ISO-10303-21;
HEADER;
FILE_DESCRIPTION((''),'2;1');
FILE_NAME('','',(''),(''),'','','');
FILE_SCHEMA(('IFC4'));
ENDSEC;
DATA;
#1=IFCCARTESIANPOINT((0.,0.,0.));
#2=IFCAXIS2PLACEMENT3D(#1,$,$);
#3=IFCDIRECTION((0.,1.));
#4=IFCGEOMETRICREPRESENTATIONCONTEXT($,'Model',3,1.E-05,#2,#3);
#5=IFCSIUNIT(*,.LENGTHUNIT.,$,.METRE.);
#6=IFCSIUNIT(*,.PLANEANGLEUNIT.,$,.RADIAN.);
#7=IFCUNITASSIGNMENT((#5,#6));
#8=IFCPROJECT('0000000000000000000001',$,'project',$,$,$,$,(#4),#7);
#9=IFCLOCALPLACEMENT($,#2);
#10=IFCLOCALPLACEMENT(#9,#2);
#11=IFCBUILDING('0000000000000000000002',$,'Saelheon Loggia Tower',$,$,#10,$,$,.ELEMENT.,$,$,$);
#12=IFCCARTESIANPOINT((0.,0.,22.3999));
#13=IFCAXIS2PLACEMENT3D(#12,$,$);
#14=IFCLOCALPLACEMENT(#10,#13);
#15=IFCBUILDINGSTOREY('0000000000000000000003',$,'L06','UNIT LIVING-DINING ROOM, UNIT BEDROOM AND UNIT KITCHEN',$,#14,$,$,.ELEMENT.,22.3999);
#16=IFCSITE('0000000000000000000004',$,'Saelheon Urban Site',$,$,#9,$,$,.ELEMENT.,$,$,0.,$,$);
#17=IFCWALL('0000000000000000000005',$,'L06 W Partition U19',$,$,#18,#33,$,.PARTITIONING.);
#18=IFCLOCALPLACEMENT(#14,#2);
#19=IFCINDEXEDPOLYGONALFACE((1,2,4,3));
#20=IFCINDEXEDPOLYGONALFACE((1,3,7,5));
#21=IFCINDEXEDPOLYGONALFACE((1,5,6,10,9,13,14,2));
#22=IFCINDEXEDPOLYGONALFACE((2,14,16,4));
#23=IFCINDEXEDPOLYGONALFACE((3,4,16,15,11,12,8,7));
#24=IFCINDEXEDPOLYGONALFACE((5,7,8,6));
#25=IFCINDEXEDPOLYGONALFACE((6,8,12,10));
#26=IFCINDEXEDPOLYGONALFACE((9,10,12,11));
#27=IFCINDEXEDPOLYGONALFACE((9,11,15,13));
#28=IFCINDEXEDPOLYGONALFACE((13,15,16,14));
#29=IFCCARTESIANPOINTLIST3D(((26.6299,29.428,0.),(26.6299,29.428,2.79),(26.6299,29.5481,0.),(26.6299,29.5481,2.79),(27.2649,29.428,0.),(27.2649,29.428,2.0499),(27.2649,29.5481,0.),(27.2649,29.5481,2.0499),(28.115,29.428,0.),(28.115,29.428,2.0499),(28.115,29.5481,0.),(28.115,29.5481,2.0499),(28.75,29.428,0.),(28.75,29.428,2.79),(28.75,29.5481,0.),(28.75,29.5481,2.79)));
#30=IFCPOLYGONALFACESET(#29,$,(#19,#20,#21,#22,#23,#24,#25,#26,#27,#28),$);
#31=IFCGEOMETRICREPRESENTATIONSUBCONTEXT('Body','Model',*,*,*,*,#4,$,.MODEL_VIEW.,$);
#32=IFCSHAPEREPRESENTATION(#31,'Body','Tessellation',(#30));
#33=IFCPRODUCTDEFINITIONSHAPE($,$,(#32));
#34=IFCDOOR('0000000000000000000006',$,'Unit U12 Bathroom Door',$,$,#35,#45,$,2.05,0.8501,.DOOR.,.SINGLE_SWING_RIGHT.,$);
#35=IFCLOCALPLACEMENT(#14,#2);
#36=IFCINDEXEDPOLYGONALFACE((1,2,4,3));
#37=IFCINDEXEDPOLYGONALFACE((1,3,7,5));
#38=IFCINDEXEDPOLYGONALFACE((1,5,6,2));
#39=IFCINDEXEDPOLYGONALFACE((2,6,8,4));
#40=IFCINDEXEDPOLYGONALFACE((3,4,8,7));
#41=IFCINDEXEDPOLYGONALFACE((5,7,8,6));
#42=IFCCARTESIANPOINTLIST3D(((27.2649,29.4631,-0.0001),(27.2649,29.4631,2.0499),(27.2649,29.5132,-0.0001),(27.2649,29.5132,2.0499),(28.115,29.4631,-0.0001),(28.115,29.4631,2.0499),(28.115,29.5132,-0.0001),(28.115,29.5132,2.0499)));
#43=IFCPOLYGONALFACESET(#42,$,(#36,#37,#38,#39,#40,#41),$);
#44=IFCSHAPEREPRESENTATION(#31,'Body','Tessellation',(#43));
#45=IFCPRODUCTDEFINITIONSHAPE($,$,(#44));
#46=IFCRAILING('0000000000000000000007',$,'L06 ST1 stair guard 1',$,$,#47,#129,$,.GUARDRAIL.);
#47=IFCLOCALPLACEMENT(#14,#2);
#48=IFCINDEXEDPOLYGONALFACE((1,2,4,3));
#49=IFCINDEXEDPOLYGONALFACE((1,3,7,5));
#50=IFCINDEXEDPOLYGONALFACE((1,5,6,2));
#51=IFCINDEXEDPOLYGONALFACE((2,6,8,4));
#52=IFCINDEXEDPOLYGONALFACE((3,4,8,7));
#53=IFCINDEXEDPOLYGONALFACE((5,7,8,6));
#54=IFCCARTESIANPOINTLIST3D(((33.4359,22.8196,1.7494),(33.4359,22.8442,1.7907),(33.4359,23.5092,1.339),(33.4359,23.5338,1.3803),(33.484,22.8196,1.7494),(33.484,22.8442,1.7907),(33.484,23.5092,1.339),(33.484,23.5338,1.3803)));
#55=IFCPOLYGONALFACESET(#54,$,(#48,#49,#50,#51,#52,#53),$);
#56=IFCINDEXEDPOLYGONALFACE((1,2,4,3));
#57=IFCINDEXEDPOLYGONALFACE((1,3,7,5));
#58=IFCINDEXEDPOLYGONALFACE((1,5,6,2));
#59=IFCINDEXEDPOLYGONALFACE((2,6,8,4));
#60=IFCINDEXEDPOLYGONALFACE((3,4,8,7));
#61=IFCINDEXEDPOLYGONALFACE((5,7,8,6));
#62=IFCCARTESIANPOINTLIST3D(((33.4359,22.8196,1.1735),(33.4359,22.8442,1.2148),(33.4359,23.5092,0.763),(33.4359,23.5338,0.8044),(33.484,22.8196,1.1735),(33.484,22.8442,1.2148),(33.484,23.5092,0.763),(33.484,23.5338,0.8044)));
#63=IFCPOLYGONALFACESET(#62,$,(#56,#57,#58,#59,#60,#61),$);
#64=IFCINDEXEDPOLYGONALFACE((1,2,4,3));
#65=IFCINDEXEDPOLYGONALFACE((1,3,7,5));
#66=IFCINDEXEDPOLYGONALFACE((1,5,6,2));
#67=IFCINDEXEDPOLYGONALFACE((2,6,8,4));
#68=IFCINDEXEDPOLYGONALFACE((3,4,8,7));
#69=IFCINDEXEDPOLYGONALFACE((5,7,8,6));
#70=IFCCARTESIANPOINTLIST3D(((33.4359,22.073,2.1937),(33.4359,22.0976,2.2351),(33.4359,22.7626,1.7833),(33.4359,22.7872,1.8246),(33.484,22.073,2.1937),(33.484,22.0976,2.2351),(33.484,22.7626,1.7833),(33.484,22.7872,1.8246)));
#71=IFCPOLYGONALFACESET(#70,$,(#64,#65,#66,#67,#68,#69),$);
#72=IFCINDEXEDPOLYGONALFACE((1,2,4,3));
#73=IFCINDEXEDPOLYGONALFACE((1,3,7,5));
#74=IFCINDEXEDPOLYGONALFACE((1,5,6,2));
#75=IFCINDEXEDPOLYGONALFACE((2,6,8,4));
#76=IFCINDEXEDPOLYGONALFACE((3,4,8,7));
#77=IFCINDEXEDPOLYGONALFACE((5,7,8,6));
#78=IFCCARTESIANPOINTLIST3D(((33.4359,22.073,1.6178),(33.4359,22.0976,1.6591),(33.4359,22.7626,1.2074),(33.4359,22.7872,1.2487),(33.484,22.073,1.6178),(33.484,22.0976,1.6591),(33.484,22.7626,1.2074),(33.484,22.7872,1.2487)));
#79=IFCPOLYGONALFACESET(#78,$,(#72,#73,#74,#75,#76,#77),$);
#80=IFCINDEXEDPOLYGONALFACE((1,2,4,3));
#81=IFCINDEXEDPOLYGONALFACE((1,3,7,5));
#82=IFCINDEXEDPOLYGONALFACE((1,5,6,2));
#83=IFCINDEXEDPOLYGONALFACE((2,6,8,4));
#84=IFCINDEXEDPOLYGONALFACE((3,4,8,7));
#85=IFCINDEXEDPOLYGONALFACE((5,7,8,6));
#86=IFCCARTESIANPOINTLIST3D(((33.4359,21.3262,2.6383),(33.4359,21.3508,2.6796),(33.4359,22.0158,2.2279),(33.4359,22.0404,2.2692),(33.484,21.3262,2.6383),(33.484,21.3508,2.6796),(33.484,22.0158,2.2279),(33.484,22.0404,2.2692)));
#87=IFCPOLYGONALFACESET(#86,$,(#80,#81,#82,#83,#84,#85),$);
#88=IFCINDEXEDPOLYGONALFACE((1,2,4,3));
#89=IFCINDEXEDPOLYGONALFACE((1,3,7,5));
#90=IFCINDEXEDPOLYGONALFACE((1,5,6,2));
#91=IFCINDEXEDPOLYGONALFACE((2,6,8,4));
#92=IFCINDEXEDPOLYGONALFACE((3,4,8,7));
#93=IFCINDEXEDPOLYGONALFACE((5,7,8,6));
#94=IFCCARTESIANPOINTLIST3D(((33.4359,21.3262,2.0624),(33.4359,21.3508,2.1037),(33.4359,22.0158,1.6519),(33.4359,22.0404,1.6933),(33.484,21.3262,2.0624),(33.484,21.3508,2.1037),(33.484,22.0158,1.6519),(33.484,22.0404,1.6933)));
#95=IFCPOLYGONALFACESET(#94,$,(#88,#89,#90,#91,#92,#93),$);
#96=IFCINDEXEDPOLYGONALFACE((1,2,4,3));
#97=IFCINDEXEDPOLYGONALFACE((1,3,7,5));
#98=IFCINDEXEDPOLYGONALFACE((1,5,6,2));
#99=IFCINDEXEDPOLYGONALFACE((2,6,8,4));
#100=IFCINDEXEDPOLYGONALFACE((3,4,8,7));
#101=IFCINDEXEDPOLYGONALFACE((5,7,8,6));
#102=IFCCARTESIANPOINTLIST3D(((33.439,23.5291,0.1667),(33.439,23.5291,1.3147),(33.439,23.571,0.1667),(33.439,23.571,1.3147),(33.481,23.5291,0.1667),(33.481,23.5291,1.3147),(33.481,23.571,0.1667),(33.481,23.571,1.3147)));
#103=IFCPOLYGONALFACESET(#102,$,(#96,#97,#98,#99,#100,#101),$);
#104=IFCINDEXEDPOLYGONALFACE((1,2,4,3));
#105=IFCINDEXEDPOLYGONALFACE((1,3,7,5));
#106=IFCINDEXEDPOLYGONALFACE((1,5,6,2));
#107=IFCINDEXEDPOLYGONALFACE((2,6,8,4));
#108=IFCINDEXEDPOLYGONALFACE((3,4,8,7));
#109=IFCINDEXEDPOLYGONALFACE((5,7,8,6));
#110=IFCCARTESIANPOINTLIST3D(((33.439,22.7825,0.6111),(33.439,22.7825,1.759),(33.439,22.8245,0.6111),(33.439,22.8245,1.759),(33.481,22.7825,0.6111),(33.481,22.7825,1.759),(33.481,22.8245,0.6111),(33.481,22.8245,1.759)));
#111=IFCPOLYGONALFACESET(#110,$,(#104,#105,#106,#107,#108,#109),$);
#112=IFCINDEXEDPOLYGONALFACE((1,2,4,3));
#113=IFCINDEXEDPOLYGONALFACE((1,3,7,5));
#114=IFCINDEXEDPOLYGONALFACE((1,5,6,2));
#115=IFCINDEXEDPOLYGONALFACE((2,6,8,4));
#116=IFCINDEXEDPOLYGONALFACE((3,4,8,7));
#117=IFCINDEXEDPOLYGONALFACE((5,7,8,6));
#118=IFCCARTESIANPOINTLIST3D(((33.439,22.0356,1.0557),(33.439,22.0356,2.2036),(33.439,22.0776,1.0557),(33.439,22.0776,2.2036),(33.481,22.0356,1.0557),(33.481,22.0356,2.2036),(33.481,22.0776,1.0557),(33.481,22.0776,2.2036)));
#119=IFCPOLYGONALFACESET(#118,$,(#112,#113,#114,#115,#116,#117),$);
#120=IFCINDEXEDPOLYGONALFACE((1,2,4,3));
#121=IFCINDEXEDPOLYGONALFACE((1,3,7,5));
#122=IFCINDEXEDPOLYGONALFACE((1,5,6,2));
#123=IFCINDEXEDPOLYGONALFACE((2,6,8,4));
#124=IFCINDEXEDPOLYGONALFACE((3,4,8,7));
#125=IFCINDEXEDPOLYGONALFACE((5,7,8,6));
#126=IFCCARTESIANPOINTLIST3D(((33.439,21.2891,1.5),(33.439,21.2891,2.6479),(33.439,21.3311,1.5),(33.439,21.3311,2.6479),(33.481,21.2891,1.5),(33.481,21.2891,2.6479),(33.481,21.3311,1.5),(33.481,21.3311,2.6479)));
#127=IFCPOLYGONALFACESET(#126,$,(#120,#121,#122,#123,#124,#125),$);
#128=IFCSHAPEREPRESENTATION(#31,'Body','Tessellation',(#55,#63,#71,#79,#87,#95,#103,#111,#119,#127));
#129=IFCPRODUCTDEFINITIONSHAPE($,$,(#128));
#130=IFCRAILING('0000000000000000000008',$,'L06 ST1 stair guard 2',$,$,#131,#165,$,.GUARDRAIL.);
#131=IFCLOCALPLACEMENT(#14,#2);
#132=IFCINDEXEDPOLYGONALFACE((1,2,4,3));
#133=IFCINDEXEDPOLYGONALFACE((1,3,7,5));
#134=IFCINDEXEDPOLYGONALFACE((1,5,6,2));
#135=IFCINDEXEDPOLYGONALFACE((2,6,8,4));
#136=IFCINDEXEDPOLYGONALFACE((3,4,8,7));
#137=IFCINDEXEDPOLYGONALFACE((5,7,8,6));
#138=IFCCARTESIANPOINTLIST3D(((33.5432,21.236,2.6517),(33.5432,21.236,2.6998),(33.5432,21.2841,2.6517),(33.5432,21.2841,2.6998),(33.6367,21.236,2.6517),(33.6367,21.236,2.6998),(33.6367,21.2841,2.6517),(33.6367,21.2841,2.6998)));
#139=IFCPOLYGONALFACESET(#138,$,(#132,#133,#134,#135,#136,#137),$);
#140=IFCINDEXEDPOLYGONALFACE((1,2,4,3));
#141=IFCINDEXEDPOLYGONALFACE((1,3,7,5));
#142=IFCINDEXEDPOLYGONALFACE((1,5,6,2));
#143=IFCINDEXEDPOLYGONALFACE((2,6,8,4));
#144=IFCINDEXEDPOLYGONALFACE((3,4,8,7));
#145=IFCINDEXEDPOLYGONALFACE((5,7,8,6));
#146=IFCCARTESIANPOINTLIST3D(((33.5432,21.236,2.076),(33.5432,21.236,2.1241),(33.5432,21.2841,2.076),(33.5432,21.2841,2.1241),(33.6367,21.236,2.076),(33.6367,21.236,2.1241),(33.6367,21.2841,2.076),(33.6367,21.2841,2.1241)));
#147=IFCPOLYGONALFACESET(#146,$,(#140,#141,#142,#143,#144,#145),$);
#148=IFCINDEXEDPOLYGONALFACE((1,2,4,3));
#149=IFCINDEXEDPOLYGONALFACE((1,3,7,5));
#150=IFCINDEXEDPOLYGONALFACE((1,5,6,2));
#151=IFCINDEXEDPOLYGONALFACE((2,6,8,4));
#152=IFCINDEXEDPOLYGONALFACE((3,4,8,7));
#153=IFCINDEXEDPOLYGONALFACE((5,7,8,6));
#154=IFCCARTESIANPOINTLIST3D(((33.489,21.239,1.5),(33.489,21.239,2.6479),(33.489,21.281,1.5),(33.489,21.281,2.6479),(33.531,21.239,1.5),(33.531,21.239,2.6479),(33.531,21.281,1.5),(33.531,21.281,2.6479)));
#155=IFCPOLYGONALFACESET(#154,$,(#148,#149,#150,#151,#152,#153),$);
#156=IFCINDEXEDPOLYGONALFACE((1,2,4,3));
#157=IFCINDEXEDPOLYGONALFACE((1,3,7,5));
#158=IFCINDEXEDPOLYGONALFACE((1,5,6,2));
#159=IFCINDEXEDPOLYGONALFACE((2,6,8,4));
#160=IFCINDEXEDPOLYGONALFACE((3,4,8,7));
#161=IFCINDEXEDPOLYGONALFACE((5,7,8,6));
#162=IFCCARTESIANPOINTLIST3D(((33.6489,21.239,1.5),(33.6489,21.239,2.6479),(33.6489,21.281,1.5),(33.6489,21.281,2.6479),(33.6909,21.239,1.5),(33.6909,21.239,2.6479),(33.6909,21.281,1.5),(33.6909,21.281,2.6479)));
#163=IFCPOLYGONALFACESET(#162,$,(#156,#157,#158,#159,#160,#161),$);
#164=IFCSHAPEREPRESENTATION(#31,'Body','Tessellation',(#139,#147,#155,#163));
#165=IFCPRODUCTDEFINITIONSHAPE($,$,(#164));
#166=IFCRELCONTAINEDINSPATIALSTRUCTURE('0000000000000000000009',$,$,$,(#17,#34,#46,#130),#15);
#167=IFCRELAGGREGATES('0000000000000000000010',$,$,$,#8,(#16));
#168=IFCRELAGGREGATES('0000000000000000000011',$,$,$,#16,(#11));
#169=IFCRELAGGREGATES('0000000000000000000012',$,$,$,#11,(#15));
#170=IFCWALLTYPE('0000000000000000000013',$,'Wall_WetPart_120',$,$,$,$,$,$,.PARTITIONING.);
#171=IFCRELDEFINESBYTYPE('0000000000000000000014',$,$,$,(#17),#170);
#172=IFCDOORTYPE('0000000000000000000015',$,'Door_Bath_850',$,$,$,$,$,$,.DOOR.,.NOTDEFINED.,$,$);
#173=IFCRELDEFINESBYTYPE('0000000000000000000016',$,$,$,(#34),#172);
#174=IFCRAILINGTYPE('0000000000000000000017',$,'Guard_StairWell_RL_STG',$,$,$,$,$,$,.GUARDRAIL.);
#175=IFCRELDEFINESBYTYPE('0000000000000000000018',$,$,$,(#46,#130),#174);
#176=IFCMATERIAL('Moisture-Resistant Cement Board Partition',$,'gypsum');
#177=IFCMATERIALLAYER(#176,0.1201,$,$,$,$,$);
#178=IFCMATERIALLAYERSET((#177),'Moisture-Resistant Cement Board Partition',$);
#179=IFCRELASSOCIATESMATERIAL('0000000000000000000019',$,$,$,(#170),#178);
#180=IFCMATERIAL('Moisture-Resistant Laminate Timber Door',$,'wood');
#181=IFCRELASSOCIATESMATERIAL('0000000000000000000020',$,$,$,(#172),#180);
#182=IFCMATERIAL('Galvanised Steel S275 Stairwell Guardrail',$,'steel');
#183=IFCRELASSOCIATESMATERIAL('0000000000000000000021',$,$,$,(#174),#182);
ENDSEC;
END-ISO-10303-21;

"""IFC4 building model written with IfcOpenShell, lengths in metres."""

from ifc_helpers import new_model, si_unit, direction, frame, frame_2d, origin, origin_2d, place, context, subcontext, project, spatial, rectangle, extrude, source, transform, mapped, material, layer, layer_set, type_object, element, fill, save


model = new_model("IFC4")

# Units and contexts
model_context = context("Model", 3, precision=1e-05, world=origin(), true_north=direction((0.0, 1.0)))
body_context = subcontext(model_context, "Body", "Model", "MODEL_VIEW")
ifc_project = project(units=[si_unit("LENGTHUNIT", "METRE"), si_unit("PLANEANGLEUNIT", "RADIAN")], contexts=[model_context])

# Site, building, storey
site_placement = place(None, origin())
site = spatial("IfcSite", under=ifc_project, at=site_placement, Name="Saelheon Urban Site", CompositionType="ELEMENT", RefElevation=0.0)
building_placement = place(site_placement, origin())
building = spatial("IfcBuilding", under=site, at=building_placement, Name="Saelheon Loggia Tower", CompositionType="ELEMENT")
storey_placement = place(building_placement, frame((0.0, 0.0, 22.3999)))
storey = spatial("IfcBuildingStorey", under=building, at=storey_placement, Name="L06", Description="UNIT LIVING-DINING ROOM, UNIT BEDROOM AND UNIT KITCHEN", CompositionType="ELEMENT", Elevation=22.3999)

# Wall, opening, door
ifc_material_1 = material(Name="Moisture-Resistant Cement Board Partition", Category="gypsum")
ifc_layer_1 = layer(ifc_material_1, 0.1201)
ifc_layer_set_1 = layer_set([ifc_layer_1], Name="Moisture-Resistant Cement Board Partition")
wall_type_1 = type_object("IfcWallType", Name="Wall_WetPart_120", PredefinedType="PARTITIONING", material=ifc_layer_set_1)
wall_1_placement = place(storey_placement, frame((28.75, 29.488, 0.0), z_axis=(0.0, 0.0, 1.0), x_axis=(-1.0, 0.0, 0.0)))
wall_1 = element("IfcWall", 1, at=wall_1_placement, inside=storey, type_object=wall_type_1, Name="L06 W Partition U19", PredefinedType="PARTITIONING", context=body_context, shape_type="SweptSolid", body=[
    extrude(rectangle(XDim=2.1201, YDim=0.1201, at=frame_2d((1.0601, 0.0))), origin(), (0.0, 0.0, 1.0), 2.79),
])
opening_1_placement = place(wall_1_placement, frame((0.635, 0.0, 0.0)))
opening_1 = element("IfcOpeningElement", 2, at=opening_1_placement, cuts=wall_1, PredefinedType="OPENING", context=body_context, shape_type="SweptSolid", body=[
    extrude(rectangle(XDim=0.8501, YDim=2.05, at=frame_2d((0.425, 1.0249))), frame((0.0, 0.072, 0.0), z_axis=(0.0, -1.0, 0.0), x_axis=(1.0, 0.0, 0.0)), (0.0, 0.0, 1.0), 0.144),
])
ifc_material_2 = material(Name="Moisture-Resistant Laminate Timber Door", Category="wood")
door_type_1 = type_object("IfcDoorType", Name="Door_Bath_850", OperationType="NOTDEFINED", PredefinedType="DOOR", material=ifc_material_2)
shared_shape_1 = source(origin(), body_context, "Body", "SweptSolid", [
    extrude(rectangle(XDim=0.8501, YDim=2.05, at=frame_2d((0.425, 1.0249))), frame((0.0, 0.0249, 0.0), z_axis=(0.0, -1.0, 0.0), x_axis=(1.0, 0.0, 0.0)), (0.0, 0.0, 1.0), 0.05),
])
door_1_placement = place(opening_1_placement, origin())
door_1 = element("IfcDoor", 3, at=door_1_placement, inside=storey, type_object=door_type_1, Name="Unit U12 Bathroom Door", OperationType="SINGLE_SWING_RIGHT", OverallHeight=2.05, OverallWidth=0.8501, PredefinedType="DOOR", context=body_context, shape_type="MappedRepresentation", body=[
    mapped(shared_shape_1, transform((0.0, 0.0, 0.0), scale=1.0)),
])
fill(opening_1, door_1)

# Railings
ifc_material_3 = material(Name="Galvanised Steel S275 Stairwell Guardrail", Category="steel")
railing_type_1 = type_object("IfcRailingType", Name="Guard_StairWell_RL_STG", PredefinedType="GUARDRAIL", material=ifc_material_3)
railing_1_placement = place(storey_placement, frame((33.46, 23.55, 0.1667)))
element("IfcRailing", 4, at=railing_1_placement, inside=storey, type_object=railing_type_1, Name="L06 ST1 stair guard 1", PredefinedType="GUARDRAIL", context=body_context, shape_type="SweptSolid", body=[
    extrude(rectangle(XDim=0.0481, YDim=0.0481, at=origin_2d()), frame((0.0, -0.0286, 1.1929), z_axis=(0.0, -0.859306, 0.511462), x_axis=(1.0, 0.0, 0.0)), (0.0, 0.0, 1.0), 0.8025),
    extrude(rectangle(XDim=0.0481, YDim=0.0481, at=origin_2d()), frame((0.0, -0.0286, 0.6169), z_axis=(0.0, -0.859306, 0.511462), x_axis=(1.0, 0.0, 0.0)), (0.0, 0.0, 1.0), 0.8025),
    extrude(rectangle(XDim=0.0481, YDim=0.0481, at=origin_2d()), frame((0.0, -0.7751, 1.6372), z_axis=(0.0, -0.859306, 0.511462), x_axis=(1.0, 0.0, 0.0)), (0.0, 0.0, 1.0), 0.8025),
    extrude(rectangle(XDim=0.0481, YDim=0.0481, at=origin_2d()), frame((0.0, -0.7751, 1.0613), z_axis=(0.0, -0.859306, 0.511462), x_axis=(1.0, 0.0, 0.0)), (0.0, 0.0, 1.0), 0.8025),
    extrude(rectangle(XDim=0.0481, YDim=0.0481, at=origin_2d()), frame((0.0, -1.522, 2.0818), z_axis=(0.0, -0.859306, 0.511462), x_axis=(1.0, 0.0, 0.0)), (0.0, 0.0, 1.0), 0.8025),
    extrude(rectangle(XDim=0.0481, YDim=0.0481, at=origin_2d()), frame((0.0, -1.522, 1.5059), z_axis=(0.0, -0.859306, 0.511462), x_axis=(1.0, 0.0, 0.0)), (0.0, 0.0, 1.0), 0.8025),
    extrude(rectangle(XDim=0.042, YDim=0.042, at=origin_2d()), origin(), (0.0, 0.0, 1.0), 1.1479),
    extrude(rectangle(XDim=0.042, YDim=0.042, at=origin_2d()), frame((0.0, -0.7466, 0.4443)), (0.0, 0.0, 1.0), 1.1479),
    extrude(rectangle(XDim=0.042, YDim=0.042, at=origin_2d()), frame((0.0, -1.4934, 0.8889)), (0.0, 0.0, 1.0), 1.1479),
    extrude(rectangle(XDim=0.042, YDim=0.042, at=origin_2d()), frame((0.0, -2.24, 1.3333)), (0.0, 0.0, 1.0), 1.1479),
])
railing_2_placement = place(storey_placement, frame((33.51, 21.26, 1.5)))
element("IfcRailing", 5, at=railing_2_placement, inside=storey, type_object=railing_type_1, Name="L06 ST1 stair guard 2", PredefinedType="GUARDRAIL", context=body_context, shape_type="SweptSolid", body=[
    extrude(rectangle(XDim=0.0481, YDim=0.0481, at=origin_2d()), frame((0.0332, 0.0, 1.1758), z_axis=(1.0, 0.0, 0.0), x_axis=(0.0, 1.0, 0.0)), (0.0, 0.0, 1.0), 0.0935),
    extrude(rectangle(XDim=0.0481, YDim=0.0481, at=origin_2d()), frame((0.0332, 0.0, 0.6001), z_axis=(1.0, 0.0, 0.0), x_axis=(0.0, 1.0, 0.0)), (0.0, 0.0, 1.0), 0.0935),
    extrude(rectangle(XDim=0.042, YDim=0.042, at=origin_2d()), origin(), (0.0, 0.0, 1.0), 1.1479),
    extrude(rectangle(XDim=0.042, YDim=0.042, at=origin_2d()), frame((0.1599, 0.0, 0.0)), (0.0, 0.0, 1.0), 1.1479),
])

save(model, "model.ifc")
